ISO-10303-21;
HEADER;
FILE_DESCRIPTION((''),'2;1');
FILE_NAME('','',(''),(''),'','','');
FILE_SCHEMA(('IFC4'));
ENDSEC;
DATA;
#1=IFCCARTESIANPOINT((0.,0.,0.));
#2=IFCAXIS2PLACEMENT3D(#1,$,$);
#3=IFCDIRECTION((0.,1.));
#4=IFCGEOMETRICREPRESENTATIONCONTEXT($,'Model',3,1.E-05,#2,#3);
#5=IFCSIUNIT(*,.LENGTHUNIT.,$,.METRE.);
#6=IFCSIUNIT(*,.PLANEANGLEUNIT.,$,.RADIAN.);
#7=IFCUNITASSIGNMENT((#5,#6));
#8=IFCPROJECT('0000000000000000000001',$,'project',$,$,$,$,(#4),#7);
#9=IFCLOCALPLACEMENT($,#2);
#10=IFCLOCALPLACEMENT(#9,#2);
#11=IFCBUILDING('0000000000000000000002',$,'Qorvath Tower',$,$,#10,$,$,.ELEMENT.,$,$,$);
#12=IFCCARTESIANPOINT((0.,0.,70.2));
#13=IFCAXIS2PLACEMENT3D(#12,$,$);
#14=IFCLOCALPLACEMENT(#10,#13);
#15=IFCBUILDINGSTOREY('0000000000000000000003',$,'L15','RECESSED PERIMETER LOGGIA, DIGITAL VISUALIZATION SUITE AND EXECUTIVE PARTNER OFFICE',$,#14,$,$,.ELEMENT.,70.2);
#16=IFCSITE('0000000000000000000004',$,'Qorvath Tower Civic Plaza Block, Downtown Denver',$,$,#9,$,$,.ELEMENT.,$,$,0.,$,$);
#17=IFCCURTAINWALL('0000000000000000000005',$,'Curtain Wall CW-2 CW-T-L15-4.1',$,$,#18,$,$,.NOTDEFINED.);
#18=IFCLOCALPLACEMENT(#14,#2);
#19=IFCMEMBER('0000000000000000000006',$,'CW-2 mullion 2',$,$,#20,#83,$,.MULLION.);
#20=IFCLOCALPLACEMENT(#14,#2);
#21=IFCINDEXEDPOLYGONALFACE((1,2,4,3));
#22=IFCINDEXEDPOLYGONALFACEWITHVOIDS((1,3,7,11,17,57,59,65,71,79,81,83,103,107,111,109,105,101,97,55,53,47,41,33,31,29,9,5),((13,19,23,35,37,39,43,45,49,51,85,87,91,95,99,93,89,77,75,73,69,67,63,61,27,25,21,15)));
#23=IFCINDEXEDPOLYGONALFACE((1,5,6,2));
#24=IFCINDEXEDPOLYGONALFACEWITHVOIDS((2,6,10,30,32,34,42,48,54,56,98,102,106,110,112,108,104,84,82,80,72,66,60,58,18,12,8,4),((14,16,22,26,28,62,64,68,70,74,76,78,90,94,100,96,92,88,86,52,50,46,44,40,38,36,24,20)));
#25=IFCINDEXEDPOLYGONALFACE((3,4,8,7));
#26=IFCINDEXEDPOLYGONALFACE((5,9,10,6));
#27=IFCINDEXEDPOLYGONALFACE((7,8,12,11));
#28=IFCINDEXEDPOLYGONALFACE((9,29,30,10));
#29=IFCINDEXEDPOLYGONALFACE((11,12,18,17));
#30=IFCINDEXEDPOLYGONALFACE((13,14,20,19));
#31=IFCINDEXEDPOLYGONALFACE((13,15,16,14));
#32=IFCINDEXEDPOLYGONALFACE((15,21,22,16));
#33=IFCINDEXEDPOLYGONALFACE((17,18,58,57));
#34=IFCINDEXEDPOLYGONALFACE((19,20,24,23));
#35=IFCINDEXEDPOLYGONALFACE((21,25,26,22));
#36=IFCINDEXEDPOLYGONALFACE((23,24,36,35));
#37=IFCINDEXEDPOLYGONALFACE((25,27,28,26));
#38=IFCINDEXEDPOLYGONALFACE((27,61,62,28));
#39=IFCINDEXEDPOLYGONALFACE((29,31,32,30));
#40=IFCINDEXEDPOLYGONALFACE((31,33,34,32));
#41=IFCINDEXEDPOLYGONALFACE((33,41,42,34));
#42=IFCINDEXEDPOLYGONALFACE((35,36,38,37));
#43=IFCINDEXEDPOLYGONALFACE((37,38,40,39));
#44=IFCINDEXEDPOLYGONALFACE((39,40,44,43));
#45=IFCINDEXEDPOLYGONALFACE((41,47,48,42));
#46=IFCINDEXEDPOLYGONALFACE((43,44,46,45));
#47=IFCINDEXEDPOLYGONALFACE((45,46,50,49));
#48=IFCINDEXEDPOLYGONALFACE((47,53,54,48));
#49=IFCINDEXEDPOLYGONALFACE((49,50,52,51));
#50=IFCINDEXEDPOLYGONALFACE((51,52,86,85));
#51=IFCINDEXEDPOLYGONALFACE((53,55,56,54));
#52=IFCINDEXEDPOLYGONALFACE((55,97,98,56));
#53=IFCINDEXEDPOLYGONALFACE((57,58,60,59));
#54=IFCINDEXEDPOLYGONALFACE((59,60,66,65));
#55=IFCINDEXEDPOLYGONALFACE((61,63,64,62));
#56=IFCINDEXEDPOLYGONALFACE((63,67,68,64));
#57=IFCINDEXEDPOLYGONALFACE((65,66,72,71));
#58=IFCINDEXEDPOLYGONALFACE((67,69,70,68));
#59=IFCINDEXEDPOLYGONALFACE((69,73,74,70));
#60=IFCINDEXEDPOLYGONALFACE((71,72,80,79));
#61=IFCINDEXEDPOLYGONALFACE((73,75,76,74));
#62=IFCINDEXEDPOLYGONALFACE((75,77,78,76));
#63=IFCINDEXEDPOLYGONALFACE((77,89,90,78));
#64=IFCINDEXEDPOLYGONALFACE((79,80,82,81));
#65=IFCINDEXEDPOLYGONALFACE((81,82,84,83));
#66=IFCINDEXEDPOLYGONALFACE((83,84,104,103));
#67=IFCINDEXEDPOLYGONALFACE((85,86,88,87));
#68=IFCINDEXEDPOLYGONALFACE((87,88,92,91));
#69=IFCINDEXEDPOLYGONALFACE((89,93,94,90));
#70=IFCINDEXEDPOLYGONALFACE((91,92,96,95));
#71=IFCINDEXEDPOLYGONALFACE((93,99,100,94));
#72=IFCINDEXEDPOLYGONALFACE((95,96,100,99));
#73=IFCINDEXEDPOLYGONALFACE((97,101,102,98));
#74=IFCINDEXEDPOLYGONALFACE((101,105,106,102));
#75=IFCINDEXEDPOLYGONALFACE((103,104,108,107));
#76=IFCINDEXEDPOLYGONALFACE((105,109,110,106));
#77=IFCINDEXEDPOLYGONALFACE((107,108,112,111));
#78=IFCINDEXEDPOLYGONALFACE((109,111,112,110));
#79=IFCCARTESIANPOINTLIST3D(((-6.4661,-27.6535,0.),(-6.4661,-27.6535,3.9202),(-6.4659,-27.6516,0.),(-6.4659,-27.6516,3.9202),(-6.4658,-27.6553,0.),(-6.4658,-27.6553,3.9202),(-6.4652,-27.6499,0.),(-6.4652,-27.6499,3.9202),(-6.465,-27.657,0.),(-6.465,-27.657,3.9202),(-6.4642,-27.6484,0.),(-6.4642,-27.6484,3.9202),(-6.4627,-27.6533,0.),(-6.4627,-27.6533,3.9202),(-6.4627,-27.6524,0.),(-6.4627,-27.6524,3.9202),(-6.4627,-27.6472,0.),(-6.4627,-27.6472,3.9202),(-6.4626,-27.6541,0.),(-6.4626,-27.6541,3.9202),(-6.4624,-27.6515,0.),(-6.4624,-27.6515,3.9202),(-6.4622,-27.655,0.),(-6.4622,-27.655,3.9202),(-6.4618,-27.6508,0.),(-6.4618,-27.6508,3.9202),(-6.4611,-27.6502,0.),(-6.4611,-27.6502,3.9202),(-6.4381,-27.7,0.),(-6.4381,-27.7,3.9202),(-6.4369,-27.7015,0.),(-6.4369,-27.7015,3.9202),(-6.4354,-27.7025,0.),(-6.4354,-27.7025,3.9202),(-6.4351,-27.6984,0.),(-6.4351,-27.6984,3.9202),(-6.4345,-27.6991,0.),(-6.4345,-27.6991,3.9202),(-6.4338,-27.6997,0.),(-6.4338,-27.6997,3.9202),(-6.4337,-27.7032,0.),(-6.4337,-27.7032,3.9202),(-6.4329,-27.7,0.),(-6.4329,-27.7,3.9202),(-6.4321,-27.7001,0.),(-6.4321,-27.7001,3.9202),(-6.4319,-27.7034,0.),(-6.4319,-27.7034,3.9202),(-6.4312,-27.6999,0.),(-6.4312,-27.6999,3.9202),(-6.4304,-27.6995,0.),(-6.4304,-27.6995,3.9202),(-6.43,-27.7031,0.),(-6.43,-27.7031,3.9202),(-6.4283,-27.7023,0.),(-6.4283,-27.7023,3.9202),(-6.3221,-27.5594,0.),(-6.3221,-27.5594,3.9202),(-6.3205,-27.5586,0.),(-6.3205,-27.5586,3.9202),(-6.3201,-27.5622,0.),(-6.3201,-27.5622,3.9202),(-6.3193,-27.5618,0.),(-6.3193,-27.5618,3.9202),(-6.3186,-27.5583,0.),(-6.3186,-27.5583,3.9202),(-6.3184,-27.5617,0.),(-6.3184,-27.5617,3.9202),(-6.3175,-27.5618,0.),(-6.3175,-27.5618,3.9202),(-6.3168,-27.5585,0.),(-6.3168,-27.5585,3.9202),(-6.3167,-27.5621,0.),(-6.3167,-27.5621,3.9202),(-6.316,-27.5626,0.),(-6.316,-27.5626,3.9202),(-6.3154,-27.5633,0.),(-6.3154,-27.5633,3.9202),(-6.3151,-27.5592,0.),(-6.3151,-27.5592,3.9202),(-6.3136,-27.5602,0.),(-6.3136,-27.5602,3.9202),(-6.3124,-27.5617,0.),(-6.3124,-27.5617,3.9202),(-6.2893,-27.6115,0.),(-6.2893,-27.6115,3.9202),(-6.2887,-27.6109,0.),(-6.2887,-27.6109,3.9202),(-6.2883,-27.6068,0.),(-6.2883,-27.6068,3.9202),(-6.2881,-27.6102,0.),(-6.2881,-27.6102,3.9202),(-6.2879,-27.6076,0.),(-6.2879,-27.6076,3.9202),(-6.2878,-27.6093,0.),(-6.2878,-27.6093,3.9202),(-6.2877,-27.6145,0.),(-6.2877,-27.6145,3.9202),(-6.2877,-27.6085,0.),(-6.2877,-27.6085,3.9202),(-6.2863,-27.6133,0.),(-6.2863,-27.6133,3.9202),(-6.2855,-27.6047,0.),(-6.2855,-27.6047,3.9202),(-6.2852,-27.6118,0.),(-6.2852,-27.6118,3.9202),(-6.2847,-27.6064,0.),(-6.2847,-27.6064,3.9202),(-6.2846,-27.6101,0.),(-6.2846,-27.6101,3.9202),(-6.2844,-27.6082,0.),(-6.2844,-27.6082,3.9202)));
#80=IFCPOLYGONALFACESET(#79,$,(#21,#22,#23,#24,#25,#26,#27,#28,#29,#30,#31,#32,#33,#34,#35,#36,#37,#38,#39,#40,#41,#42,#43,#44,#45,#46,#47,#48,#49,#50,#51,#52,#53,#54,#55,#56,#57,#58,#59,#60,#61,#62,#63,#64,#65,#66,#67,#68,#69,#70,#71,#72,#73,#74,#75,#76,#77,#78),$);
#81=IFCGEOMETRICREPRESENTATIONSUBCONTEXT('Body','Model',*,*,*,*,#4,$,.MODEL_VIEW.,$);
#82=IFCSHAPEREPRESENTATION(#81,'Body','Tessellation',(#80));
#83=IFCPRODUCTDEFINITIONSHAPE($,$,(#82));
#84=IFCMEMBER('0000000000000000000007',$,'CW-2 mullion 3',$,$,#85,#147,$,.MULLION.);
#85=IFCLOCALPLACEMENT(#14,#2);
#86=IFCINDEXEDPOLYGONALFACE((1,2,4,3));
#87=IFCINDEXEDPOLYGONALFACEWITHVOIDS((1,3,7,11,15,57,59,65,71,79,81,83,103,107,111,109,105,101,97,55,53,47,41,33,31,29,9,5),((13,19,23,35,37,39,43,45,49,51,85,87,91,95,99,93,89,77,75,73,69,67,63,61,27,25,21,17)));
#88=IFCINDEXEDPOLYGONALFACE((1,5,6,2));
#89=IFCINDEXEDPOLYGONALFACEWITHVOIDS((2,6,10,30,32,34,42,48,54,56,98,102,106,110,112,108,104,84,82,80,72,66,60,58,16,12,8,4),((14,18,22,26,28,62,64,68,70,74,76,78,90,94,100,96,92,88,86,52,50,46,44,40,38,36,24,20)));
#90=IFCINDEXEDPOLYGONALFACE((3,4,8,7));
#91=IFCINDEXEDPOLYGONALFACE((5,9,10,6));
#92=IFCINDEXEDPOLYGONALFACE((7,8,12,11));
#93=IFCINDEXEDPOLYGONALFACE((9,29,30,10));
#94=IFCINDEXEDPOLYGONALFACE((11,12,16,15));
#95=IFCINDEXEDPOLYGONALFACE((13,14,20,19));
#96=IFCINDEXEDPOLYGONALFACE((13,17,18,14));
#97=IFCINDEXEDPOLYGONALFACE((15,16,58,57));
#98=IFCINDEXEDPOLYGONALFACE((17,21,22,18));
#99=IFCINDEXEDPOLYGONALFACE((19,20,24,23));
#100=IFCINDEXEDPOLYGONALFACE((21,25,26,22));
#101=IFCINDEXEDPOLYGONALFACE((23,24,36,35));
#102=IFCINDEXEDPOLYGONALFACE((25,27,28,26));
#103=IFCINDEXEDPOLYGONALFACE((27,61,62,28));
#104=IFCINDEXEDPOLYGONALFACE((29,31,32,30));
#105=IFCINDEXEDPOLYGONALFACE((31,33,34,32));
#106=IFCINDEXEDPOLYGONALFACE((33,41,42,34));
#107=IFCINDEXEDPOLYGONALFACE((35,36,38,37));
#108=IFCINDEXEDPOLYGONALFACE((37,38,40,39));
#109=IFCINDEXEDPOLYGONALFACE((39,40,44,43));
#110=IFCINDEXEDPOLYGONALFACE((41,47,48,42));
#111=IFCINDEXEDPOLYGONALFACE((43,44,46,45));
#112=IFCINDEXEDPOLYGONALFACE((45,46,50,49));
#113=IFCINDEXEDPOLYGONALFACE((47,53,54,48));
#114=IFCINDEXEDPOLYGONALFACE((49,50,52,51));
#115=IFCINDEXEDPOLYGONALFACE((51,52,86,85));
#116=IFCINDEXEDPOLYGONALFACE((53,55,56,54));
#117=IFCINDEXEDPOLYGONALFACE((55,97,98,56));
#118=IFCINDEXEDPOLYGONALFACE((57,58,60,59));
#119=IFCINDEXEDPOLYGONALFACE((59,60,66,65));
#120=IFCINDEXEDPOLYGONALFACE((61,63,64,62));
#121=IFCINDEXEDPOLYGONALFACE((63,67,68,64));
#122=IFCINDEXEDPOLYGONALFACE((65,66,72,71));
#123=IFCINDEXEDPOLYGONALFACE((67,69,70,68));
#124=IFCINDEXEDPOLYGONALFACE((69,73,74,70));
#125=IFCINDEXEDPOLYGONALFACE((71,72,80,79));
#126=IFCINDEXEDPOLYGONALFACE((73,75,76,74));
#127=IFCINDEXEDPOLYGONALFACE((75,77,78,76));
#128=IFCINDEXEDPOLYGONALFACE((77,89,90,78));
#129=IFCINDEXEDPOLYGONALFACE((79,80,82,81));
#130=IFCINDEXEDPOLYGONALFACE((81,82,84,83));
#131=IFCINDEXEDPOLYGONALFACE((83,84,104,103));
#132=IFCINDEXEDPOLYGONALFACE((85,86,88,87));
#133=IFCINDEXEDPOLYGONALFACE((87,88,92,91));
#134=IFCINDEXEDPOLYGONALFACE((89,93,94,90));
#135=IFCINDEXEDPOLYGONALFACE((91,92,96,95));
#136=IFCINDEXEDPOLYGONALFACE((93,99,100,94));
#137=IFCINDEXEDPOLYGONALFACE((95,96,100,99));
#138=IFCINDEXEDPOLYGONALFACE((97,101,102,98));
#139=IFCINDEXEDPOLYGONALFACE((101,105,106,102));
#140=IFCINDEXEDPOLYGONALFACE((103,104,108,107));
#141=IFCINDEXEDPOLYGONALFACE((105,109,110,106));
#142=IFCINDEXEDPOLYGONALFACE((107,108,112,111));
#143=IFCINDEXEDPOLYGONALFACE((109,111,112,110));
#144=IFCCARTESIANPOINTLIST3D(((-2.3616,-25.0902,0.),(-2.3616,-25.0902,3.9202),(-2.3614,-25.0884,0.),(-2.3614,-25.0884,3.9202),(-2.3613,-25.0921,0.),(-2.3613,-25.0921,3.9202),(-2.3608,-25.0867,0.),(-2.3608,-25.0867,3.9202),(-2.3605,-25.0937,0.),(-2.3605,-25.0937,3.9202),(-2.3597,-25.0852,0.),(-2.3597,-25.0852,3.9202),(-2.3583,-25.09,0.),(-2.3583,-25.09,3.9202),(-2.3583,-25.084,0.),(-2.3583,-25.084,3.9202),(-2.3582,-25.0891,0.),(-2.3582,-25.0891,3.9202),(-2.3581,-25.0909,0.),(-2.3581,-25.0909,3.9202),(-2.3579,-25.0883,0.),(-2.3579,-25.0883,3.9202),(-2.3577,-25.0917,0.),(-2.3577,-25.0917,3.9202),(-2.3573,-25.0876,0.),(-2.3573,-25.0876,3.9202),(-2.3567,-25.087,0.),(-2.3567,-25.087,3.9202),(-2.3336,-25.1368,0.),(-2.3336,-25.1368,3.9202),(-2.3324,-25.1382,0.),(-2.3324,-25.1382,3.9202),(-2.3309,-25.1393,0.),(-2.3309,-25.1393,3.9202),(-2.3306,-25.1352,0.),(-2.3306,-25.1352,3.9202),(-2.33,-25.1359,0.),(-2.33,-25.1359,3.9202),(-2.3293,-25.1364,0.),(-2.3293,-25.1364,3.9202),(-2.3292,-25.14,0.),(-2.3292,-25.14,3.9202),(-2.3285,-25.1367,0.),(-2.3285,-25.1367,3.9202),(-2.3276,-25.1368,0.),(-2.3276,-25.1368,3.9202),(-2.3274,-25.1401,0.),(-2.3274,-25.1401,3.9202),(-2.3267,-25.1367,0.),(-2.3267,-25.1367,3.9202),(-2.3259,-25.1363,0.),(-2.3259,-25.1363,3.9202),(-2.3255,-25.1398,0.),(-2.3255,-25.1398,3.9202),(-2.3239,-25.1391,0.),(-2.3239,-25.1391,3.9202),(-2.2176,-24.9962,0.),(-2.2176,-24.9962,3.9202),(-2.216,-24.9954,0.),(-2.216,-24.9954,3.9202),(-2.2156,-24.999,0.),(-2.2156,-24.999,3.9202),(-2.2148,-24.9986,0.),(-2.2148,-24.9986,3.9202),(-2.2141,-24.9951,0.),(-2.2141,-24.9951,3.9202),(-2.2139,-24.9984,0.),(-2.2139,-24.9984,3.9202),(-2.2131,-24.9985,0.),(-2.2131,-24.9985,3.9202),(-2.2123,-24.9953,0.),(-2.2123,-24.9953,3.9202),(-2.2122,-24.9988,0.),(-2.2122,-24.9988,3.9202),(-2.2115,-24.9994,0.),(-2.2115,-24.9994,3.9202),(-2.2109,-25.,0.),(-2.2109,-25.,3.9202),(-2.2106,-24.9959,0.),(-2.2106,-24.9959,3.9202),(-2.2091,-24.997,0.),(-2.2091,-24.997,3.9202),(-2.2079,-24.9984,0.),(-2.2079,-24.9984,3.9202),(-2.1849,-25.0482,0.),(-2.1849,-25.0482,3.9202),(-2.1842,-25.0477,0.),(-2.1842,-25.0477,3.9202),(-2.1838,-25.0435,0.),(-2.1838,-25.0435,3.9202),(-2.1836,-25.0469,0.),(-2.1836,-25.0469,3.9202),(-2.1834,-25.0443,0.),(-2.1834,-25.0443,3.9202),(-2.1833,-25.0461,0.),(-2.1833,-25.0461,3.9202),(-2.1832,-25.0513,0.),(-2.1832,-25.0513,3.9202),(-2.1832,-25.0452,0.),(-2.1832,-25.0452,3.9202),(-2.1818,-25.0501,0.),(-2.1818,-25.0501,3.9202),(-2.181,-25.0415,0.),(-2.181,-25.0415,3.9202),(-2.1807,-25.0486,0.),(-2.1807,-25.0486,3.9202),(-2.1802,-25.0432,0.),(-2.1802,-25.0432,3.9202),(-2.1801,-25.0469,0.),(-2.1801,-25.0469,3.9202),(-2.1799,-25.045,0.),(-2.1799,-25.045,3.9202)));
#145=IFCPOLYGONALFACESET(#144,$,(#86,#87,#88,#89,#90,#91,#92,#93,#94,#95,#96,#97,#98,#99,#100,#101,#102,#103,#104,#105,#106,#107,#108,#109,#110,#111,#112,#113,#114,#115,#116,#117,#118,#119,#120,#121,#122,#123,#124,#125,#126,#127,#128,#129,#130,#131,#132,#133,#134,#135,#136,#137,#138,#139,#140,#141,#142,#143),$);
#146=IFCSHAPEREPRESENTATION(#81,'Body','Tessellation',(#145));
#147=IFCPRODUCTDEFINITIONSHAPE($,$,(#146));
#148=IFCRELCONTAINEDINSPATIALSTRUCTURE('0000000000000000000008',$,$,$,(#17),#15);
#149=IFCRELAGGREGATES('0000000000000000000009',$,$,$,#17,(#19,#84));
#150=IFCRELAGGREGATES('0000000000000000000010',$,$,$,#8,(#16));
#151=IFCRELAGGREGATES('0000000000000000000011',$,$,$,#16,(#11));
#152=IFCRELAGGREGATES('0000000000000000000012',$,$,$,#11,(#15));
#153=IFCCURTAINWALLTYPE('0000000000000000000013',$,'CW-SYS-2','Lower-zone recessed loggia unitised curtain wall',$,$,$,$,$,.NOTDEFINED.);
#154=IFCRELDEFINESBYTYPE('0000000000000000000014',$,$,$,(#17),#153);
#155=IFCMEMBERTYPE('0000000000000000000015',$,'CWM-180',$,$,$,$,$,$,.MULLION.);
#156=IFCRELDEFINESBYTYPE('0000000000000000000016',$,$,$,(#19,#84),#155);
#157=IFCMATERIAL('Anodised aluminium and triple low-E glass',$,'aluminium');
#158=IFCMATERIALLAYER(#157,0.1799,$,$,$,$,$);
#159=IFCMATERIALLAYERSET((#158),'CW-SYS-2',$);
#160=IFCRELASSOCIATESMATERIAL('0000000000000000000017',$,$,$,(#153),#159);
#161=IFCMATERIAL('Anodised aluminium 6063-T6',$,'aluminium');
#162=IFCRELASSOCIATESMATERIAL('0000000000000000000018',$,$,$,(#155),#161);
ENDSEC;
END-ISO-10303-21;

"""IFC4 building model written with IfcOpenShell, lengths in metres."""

from ifc_helpers import new_model, si_unit, direction, frame, origin, origin_2d, place, context, subcontext, project, spatial, hollow_rectangle, extrude, material, layer, layer_set, material_profile, profile_set, type_object, element, aggregate, save


model = new_model("IFC4")

# Units and contexts
model_context = context("Model", 3, precision=1e-05, world=origin(), true_north=direction((0.0, 1.0)))
body_context = subcontext(model_context, "Body", "Model", "MODEL_VIEW")
ifc_project = project(units=[si_unit("LENGTHUNIT", "METRE"), si_unit("PLANEANGLEUNIT", "RADIAN")], contexts=[model_context])

# Site, building, storey
site_placement = place(None, origin())
site = spatial("IfcSite", under=ifc_project, at=site_placement, Name="Qorvath Tower Civic Plaza Block, Downtown Denver", CompositionType="ELEMENT", RefElevation=0.0)
building_placement = place(site_placement, origin())
building = spatial("IfcBuilding", under=site, at=building_placement, Name="Qorvath Tower", CompositionType="ELEMENT")
storey_placement = place(building_placement, frame((0.0, 0.0, 70.2)))
storey = spatial("IfcBuildingStorey", under=building, at=storey_placement, Name="L15", Description="RECESSED PERIMETER LOGGIA, DIGITAL VISUALIZATION SUITE AND EXECUTIVE PARTNER OFFICE", CompositionType="ELEMENT", Elevation=70.2)

# Shared definitions
ifc_material_1 = material(Name="Anodised aluminium and triple low-E glass", Category="aluminium")
ifc_layer_1 = layer(ifc_material_1, 0.1799)
ifc_layer_set_1 = layer_set([ifc_layer_1], Name="CW-SYS-2")
curtain_wall_type = type_object("IfcCurtainWallType", Name="CW-SYS-2", Description="Lower-zone recessed loggia unitised curtain wall", PredefinedType="NOTDEFINED", material=ifc_layer_set_1)
ifc_material_2 = material(Name="Anodised aluminium 6063-T6", Category="aluminium")
ifc_material_profile_1 = material_profile(ifc_material_2, hollow_rectangle(XDim=0.0649, YDim=0.1799, WallThickness=0.0034, InnerFilletRadius=0.0034, OuterFilletRadius=0.0071, at=origin_2d()), Name="CWM 180x65")
ifc_profile_set_1 = profile_set([ifc_material_profile_1], Name="Anodised aluminium 6063-T6")
member_type_1 = type_object("IfcMemberType", Name="CWM-180", PredefinedType="MULLION", material=ifc_profile_set_1)

# Curtain wall, members
curtain_wall_1_placement = place(storey_placement, origin())
curtain_wall_1 = element("IfcCurtainWall", 1, at=curtain_wall_1_placement, inside=storey, type_object=curtain_wall_type, Name="Curtain Wall CW-2 CW-T-L15-4.1", PredefinedType="NOTDEFINED")
member_1_placement = place(storey_placement, frame((-6.3752, -27.6309, 0.0), z_axis=(0.0, 0.0, 1.0), x_axis=(-0.529686, 0.848194, 0.0)))
member_1 = element("IfcMember", 2, at=member_1_placement, type_object=member_type_1, Name="CW-2 mullion 2", PredefinedType="MULLION", context=body_context, shape_type="SweptSolid", body=[
    extrude(hollow_rectangle(XDim=0.0649, YDim=0.1799, WallThickness=0.0034, InnerFilletRadius=0.0034, OuterFilletRadius=0.0071, at=origin_2d()), origin(), (0.0, 0.0, 1.0), 3.9202),
])
member_2_placement = place(storey_placement, frame((-2.2708, -25.0676, 0.0), z_axis=(0.0, 0.0, 1.0), x_axis=(-0.529686, 0.848194, 0.0)))
member_2 = element("IfcMember", 3, at=member_2_placement, type_object=member_type_1, Name="CW-2 mullion 3", PredefinedType="MULLION", context=body_context, shape_type="SweptSolid", body=[
    extrude(hollow_rectangle(XDim=0.0649, YDim=0.1799, WallThickness=0.0034, InnerFilletRadius=0.0034, OuterFilletRadius=0.0071, at=origin_2d()), origin(), (0.0, 0.0, 1.0), 3.9202),
])

aggregate(curtain_wall_1, [member_1, member_2])

save(model, "model.ifc")
